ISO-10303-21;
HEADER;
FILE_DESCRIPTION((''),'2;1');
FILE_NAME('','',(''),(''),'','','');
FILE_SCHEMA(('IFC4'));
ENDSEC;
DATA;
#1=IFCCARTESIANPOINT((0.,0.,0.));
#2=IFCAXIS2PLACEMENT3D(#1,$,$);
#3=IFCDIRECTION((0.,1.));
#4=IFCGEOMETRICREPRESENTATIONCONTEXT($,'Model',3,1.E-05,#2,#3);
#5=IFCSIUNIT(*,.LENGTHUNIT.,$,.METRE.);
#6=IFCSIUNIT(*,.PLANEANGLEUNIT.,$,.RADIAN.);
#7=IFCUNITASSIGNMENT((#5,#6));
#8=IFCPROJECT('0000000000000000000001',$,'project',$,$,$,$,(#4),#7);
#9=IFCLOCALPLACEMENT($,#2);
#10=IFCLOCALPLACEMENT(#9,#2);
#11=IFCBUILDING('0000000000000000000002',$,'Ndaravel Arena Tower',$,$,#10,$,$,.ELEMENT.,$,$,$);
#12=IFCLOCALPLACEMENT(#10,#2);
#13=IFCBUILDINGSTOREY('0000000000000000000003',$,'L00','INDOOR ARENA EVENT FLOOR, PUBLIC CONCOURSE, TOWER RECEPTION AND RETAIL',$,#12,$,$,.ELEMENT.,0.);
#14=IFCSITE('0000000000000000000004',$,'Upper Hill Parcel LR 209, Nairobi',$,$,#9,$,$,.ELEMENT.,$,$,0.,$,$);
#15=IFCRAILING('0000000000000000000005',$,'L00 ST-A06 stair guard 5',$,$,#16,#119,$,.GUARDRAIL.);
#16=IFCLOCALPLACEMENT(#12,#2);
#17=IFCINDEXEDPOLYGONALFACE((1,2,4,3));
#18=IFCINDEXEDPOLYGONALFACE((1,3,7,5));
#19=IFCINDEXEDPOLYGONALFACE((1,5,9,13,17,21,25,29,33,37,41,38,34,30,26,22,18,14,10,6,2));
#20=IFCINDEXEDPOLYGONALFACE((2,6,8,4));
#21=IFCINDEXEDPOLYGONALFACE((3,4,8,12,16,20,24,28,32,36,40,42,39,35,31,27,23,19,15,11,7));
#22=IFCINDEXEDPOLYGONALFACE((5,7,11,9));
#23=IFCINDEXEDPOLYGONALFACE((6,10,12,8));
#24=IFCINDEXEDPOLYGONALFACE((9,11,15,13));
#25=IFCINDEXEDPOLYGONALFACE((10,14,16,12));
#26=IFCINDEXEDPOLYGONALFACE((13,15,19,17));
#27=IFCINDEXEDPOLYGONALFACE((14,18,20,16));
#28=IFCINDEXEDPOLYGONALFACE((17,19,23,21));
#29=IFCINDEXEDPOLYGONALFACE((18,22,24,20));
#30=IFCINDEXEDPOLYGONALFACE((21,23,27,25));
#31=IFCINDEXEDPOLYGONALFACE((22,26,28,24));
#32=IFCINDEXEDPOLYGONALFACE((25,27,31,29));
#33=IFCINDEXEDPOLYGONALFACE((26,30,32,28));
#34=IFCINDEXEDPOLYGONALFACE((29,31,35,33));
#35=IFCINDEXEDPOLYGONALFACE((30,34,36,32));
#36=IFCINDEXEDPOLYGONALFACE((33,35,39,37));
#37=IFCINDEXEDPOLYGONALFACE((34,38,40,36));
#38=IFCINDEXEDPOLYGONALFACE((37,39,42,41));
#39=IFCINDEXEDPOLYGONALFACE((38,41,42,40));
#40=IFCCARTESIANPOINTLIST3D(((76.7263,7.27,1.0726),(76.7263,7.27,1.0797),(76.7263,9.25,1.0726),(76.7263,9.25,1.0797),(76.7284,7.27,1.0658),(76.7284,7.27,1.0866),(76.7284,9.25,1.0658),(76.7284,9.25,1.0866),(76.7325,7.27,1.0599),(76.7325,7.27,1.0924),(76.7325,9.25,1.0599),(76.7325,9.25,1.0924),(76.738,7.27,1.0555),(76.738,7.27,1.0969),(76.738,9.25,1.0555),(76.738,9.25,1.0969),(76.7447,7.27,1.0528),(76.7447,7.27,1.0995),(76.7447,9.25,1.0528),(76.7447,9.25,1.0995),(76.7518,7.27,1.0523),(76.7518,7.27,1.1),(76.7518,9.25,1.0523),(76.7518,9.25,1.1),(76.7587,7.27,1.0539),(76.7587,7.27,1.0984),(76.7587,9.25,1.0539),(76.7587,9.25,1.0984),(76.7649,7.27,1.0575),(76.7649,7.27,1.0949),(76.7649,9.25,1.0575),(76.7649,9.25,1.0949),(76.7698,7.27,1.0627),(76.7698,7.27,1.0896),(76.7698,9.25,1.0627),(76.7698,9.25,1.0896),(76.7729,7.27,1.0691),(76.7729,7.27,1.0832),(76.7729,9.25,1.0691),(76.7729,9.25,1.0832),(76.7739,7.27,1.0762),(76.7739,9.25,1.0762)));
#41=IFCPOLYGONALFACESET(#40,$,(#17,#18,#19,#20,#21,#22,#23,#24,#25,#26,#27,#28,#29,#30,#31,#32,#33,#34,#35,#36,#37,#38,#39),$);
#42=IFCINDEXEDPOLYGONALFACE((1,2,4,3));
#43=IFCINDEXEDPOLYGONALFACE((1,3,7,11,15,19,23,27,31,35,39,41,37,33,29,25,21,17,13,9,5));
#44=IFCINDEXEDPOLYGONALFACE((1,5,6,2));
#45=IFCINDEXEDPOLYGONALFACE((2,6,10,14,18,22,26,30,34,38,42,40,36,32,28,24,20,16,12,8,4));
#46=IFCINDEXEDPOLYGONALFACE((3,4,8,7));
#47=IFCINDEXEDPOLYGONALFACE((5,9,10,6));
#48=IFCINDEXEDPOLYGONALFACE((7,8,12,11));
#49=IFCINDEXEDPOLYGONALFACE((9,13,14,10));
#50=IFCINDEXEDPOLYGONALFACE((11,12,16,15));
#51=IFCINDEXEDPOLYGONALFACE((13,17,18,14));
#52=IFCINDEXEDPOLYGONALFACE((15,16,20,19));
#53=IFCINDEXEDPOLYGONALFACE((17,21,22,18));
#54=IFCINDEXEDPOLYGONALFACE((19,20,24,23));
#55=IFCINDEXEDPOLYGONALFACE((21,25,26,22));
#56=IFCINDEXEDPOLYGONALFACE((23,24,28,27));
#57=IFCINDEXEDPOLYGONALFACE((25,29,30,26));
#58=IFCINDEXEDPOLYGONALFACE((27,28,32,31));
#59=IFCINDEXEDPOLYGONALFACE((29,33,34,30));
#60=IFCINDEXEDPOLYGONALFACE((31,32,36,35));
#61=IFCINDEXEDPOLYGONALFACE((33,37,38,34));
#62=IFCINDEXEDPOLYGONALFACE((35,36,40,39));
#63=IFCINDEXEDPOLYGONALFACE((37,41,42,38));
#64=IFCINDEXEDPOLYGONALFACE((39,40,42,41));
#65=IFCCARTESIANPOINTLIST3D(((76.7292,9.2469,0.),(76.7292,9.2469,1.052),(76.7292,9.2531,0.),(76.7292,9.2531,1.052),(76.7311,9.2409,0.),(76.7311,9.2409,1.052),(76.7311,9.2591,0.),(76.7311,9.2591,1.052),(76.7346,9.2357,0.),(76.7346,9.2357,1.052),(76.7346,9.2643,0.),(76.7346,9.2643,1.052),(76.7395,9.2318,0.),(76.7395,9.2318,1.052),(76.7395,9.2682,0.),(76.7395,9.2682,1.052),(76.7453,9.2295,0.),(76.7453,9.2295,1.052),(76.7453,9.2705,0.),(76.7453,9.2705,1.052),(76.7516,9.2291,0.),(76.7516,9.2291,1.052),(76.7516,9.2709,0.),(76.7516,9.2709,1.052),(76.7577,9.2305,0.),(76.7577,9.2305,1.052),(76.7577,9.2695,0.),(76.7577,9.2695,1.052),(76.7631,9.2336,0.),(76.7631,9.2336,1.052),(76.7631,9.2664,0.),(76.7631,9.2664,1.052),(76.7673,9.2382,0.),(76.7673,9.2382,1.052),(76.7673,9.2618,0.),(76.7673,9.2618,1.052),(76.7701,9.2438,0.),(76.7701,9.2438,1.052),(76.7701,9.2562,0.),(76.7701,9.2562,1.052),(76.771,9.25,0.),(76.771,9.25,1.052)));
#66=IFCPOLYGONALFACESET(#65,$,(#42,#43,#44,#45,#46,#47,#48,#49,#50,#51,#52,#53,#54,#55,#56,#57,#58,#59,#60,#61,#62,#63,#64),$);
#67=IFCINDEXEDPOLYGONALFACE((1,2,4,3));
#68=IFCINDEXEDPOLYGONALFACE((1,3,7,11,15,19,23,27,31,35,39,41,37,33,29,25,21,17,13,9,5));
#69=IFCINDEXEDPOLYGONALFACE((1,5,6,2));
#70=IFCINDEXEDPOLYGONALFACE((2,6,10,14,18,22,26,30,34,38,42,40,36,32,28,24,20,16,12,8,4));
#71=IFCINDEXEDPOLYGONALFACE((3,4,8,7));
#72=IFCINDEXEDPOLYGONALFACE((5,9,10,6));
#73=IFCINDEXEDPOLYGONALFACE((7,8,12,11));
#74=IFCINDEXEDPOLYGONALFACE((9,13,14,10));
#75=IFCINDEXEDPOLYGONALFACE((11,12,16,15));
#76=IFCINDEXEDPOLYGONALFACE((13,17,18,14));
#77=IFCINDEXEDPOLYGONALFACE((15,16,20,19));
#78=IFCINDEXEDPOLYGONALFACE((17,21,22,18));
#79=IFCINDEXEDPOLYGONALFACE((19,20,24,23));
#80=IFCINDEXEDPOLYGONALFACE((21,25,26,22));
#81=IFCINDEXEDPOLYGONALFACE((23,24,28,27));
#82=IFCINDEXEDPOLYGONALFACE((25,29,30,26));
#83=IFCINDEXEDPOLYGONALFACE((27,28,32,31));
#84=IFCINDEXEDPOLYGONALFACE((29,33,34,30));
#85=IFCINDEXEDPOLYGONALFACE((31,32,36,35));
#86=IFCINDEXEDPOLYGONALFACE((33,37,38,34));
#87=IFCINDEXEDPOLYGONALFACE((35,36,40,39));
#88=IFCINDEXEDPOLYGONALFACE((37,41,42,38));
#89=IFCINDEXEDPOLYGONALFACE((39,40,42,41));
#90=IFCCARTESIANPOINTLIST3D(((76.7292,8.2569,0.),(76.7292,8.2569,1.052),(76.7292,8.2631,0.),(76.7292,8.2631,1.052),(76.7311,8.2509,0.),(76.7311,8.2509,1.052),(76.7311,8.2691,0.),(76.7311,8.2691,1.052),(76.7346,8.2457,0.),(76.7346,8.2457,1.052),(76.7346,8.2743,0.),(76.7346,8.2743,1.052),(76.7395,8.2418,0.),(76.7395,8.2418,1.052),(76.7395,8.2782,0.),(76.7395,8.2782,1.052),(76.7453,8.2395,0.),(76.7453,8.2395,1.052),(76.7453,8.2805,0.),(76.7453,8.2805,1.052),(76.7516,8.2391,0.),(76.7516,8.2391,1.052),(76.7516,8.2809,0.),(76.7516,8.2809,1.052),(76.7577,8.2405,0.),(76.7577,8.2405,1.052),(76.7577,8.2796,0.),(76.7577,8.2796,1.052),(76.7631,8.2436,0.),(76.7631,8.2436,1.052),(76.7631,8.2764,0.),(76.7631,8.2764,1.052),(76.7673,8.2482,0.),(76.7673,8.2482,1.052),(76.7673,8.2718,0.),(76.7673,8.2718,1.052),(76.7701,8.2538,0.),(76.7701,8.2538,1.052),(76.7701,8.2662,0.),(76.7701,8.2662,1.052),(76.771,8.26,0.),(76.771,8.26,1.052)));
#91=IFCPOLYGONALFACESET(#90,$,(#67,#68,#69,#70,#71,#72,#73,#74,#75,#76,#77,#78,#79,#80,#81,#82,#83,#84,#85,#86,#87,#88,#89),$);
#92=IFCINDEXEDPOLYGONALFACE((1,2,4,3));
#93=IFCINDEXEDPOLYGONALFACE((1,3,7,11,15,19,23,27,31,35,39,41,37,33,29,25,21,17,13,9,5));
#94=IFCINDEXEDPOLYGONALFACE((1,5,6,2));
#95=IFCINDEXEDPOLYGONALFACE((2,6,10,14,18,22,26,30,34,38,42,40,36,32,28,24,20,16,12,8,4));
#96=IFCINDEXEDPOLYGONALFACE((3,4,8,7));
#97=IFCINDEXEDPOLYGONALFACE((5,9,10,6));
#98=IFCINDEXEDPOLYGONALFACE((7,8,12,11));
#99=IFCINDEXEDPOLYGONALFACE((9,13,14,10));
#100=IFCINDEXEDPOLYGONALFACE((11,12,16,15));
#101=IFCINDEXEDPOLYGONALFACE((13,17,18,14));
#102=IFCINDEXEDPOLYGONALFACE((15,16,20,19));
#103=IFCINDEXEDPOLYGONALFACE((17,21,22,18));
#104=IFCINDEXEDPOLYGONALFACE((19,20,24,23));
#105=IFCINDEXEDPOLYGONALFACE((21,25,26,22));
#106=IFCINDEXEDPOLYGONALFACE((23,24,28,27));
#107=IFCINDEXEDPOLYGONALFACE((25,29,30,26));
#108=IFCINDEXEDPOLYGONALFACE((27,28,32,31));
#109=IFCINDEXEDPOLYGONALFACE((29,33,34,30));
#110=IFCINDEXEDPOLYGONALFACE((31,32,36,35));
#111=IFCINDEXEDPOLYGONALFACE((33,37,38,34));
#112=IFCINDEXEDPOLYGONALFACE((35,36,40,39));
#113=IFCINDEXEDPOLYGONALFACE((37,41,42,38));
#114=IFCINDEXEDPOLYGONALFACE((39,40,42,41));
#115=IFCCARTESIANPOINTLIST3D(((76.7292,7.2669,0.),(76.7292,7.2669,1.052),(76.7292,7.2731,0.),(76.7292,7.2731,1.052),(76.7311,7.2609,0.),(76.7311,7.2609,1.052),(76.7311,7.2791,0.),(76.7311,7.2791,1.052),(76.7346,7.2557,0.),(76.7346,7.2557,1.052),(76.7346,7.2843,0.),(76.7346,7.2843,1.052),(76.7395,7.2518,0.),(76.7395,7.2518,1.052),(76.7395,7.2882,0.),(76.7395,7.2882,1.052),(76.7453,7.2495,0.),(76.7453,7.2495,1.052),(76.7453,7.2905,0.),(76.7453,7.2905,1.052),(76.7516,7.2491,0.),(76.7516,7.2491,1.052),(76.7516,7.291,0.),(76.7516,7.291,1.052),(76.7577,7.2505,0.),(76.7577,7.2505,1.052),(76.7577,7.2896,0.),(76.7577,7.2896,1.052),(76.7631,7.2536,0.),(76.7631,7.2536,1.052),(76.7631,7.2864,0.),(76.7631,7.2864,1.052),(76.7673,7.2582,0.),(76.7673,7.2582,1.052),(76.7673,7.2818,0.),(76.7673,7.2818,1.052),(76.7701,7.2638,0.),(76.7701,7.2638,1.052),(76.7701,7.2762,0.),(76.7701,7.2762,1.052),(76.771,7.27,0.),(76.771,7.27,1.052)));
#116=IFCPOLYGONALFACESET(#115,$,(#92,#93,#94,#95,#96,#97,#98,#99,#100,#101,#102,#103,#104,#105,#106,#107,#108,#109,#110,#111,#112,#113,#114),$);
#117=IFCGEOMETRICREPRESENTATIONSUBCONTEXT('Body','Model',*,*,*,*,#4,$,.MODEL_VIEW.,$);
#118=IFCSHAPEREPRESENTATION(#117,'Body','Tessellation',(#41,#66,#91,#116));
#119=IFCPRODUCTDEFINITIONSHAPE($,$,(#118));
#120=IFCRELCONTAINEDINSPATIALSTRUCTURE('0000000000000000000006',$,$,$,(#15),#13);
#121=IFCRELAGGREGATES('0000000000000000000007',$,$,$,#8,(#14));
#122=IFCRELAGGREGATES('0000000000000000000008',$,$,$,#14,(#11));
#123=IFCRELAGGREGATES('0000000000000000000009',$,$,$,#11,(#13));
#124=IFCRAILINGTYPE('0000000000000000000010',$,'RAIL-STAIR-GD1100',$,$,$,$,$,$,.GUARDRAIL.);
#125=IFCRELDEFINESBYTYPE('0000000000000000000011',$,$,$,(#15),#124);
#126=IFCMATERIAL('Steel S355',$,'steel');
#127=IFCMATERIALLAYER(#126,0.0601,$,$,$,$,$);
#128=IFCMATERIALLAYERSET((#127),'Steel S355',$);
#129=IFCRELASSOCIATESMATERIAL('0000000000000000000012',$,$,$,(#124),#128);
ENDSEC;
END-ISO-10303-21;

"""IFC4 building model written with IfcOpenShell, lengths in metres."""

from ifc_helpers import new_model, si_unit, direction, frame, origin, origin_2d, place, context, subcontext, project, spatial, circle, extrude, material, layer, layer_set, type_object, element, save


model = new_model("IFC4")

# Units and contexts
model_context = context("Model", 3, precision=1e-05, world=origin(), true_north=direction((0.0, 1.0)))
body_context = subcontext(model_context, "Body", "Model", "MODEL_VIEW")
ifc_project = project(units=[si_unit("LENGTHUNIT", "METRE"), si_unit("PLANEANGLEUNIT", "RADIAN")], contexts=[model_context])

# Site, building, storey
site_placement = place(None, origin())
site = spatial("IfcSite", under=ifc_project, at=site_placement, Name="Upper Hill Parcel LR 209, Nairobi", CompositionType="ELEMENT", RefElevation=0.0)
building_placement = place(site_placement, origin())
building = spatial("IfcBuilding", under=site, at=building_placement, Name="Ndaravel Arena Tower", CompositionType="ELEMENT")
storey_placement = place(building_placement, origin())
storey = spatial("IfcBuildingStorey", under=building, at=storey_placement, Name="L00", Description="INDOOR ARENA EVENT FLOOR, PUBLIC CONCOURSE, TOWER RECEPTION AND RETAIL", CompositionType="ELEMENT", Elevation=0.0)

# Railing
ifc_material_1 = material(Name="Steel S355", Category="steel")
ifc_layer_1 = layer(ifc_material_1, 0.0601)
ifc_layer_set_1 = layer_set([ifc_layer_1], Name="Steel S355")
railing_type = type_object("IfcRailingType", Name="RAIL-STAIR-GD1100", PredefinedType="GUARDRAIL", material=ifc_layer_set_1)
for number, where, name in (
    (1, (76.75, 9.25, 0.0), "L00 ST-A06 stair guard 5"),
):
    element("IfcRailing", number, at=place(storey_placement, frame(where)), inside=storey, type_object=railing_type, Name=name, PredefinedType="GUARDRAIL", context=body_context, shape_type="SweptSolid", body=[
        extrude(circle(Radius=0.0239, at=origin_2d()), frame((0.0, 0.0, 1.0762), z_axis=(0.0, -1.0, 0.0), x_axis=(1.0, 0.0, 0.0)), (0.0, 0.0, 1.0), 1.98),
        extrude(circle(Radius=0.021, at=origin_2d()), origin(), (0.0, 0.0, 1.0), 1.052),
        extrude(circle(Radius=0.021, at=origin_2d()), frame((0.0, -0.99, 0.0)), (0.0, 0.0, 1.0), 1.052),
        extrude(circle(Radius=0.021, at=origin_2d()), frame((0.0, -1.98, 0.0)), (0.0, 0.0, 1.0), 1.052),
    ])

save(model, "model.ifc")
